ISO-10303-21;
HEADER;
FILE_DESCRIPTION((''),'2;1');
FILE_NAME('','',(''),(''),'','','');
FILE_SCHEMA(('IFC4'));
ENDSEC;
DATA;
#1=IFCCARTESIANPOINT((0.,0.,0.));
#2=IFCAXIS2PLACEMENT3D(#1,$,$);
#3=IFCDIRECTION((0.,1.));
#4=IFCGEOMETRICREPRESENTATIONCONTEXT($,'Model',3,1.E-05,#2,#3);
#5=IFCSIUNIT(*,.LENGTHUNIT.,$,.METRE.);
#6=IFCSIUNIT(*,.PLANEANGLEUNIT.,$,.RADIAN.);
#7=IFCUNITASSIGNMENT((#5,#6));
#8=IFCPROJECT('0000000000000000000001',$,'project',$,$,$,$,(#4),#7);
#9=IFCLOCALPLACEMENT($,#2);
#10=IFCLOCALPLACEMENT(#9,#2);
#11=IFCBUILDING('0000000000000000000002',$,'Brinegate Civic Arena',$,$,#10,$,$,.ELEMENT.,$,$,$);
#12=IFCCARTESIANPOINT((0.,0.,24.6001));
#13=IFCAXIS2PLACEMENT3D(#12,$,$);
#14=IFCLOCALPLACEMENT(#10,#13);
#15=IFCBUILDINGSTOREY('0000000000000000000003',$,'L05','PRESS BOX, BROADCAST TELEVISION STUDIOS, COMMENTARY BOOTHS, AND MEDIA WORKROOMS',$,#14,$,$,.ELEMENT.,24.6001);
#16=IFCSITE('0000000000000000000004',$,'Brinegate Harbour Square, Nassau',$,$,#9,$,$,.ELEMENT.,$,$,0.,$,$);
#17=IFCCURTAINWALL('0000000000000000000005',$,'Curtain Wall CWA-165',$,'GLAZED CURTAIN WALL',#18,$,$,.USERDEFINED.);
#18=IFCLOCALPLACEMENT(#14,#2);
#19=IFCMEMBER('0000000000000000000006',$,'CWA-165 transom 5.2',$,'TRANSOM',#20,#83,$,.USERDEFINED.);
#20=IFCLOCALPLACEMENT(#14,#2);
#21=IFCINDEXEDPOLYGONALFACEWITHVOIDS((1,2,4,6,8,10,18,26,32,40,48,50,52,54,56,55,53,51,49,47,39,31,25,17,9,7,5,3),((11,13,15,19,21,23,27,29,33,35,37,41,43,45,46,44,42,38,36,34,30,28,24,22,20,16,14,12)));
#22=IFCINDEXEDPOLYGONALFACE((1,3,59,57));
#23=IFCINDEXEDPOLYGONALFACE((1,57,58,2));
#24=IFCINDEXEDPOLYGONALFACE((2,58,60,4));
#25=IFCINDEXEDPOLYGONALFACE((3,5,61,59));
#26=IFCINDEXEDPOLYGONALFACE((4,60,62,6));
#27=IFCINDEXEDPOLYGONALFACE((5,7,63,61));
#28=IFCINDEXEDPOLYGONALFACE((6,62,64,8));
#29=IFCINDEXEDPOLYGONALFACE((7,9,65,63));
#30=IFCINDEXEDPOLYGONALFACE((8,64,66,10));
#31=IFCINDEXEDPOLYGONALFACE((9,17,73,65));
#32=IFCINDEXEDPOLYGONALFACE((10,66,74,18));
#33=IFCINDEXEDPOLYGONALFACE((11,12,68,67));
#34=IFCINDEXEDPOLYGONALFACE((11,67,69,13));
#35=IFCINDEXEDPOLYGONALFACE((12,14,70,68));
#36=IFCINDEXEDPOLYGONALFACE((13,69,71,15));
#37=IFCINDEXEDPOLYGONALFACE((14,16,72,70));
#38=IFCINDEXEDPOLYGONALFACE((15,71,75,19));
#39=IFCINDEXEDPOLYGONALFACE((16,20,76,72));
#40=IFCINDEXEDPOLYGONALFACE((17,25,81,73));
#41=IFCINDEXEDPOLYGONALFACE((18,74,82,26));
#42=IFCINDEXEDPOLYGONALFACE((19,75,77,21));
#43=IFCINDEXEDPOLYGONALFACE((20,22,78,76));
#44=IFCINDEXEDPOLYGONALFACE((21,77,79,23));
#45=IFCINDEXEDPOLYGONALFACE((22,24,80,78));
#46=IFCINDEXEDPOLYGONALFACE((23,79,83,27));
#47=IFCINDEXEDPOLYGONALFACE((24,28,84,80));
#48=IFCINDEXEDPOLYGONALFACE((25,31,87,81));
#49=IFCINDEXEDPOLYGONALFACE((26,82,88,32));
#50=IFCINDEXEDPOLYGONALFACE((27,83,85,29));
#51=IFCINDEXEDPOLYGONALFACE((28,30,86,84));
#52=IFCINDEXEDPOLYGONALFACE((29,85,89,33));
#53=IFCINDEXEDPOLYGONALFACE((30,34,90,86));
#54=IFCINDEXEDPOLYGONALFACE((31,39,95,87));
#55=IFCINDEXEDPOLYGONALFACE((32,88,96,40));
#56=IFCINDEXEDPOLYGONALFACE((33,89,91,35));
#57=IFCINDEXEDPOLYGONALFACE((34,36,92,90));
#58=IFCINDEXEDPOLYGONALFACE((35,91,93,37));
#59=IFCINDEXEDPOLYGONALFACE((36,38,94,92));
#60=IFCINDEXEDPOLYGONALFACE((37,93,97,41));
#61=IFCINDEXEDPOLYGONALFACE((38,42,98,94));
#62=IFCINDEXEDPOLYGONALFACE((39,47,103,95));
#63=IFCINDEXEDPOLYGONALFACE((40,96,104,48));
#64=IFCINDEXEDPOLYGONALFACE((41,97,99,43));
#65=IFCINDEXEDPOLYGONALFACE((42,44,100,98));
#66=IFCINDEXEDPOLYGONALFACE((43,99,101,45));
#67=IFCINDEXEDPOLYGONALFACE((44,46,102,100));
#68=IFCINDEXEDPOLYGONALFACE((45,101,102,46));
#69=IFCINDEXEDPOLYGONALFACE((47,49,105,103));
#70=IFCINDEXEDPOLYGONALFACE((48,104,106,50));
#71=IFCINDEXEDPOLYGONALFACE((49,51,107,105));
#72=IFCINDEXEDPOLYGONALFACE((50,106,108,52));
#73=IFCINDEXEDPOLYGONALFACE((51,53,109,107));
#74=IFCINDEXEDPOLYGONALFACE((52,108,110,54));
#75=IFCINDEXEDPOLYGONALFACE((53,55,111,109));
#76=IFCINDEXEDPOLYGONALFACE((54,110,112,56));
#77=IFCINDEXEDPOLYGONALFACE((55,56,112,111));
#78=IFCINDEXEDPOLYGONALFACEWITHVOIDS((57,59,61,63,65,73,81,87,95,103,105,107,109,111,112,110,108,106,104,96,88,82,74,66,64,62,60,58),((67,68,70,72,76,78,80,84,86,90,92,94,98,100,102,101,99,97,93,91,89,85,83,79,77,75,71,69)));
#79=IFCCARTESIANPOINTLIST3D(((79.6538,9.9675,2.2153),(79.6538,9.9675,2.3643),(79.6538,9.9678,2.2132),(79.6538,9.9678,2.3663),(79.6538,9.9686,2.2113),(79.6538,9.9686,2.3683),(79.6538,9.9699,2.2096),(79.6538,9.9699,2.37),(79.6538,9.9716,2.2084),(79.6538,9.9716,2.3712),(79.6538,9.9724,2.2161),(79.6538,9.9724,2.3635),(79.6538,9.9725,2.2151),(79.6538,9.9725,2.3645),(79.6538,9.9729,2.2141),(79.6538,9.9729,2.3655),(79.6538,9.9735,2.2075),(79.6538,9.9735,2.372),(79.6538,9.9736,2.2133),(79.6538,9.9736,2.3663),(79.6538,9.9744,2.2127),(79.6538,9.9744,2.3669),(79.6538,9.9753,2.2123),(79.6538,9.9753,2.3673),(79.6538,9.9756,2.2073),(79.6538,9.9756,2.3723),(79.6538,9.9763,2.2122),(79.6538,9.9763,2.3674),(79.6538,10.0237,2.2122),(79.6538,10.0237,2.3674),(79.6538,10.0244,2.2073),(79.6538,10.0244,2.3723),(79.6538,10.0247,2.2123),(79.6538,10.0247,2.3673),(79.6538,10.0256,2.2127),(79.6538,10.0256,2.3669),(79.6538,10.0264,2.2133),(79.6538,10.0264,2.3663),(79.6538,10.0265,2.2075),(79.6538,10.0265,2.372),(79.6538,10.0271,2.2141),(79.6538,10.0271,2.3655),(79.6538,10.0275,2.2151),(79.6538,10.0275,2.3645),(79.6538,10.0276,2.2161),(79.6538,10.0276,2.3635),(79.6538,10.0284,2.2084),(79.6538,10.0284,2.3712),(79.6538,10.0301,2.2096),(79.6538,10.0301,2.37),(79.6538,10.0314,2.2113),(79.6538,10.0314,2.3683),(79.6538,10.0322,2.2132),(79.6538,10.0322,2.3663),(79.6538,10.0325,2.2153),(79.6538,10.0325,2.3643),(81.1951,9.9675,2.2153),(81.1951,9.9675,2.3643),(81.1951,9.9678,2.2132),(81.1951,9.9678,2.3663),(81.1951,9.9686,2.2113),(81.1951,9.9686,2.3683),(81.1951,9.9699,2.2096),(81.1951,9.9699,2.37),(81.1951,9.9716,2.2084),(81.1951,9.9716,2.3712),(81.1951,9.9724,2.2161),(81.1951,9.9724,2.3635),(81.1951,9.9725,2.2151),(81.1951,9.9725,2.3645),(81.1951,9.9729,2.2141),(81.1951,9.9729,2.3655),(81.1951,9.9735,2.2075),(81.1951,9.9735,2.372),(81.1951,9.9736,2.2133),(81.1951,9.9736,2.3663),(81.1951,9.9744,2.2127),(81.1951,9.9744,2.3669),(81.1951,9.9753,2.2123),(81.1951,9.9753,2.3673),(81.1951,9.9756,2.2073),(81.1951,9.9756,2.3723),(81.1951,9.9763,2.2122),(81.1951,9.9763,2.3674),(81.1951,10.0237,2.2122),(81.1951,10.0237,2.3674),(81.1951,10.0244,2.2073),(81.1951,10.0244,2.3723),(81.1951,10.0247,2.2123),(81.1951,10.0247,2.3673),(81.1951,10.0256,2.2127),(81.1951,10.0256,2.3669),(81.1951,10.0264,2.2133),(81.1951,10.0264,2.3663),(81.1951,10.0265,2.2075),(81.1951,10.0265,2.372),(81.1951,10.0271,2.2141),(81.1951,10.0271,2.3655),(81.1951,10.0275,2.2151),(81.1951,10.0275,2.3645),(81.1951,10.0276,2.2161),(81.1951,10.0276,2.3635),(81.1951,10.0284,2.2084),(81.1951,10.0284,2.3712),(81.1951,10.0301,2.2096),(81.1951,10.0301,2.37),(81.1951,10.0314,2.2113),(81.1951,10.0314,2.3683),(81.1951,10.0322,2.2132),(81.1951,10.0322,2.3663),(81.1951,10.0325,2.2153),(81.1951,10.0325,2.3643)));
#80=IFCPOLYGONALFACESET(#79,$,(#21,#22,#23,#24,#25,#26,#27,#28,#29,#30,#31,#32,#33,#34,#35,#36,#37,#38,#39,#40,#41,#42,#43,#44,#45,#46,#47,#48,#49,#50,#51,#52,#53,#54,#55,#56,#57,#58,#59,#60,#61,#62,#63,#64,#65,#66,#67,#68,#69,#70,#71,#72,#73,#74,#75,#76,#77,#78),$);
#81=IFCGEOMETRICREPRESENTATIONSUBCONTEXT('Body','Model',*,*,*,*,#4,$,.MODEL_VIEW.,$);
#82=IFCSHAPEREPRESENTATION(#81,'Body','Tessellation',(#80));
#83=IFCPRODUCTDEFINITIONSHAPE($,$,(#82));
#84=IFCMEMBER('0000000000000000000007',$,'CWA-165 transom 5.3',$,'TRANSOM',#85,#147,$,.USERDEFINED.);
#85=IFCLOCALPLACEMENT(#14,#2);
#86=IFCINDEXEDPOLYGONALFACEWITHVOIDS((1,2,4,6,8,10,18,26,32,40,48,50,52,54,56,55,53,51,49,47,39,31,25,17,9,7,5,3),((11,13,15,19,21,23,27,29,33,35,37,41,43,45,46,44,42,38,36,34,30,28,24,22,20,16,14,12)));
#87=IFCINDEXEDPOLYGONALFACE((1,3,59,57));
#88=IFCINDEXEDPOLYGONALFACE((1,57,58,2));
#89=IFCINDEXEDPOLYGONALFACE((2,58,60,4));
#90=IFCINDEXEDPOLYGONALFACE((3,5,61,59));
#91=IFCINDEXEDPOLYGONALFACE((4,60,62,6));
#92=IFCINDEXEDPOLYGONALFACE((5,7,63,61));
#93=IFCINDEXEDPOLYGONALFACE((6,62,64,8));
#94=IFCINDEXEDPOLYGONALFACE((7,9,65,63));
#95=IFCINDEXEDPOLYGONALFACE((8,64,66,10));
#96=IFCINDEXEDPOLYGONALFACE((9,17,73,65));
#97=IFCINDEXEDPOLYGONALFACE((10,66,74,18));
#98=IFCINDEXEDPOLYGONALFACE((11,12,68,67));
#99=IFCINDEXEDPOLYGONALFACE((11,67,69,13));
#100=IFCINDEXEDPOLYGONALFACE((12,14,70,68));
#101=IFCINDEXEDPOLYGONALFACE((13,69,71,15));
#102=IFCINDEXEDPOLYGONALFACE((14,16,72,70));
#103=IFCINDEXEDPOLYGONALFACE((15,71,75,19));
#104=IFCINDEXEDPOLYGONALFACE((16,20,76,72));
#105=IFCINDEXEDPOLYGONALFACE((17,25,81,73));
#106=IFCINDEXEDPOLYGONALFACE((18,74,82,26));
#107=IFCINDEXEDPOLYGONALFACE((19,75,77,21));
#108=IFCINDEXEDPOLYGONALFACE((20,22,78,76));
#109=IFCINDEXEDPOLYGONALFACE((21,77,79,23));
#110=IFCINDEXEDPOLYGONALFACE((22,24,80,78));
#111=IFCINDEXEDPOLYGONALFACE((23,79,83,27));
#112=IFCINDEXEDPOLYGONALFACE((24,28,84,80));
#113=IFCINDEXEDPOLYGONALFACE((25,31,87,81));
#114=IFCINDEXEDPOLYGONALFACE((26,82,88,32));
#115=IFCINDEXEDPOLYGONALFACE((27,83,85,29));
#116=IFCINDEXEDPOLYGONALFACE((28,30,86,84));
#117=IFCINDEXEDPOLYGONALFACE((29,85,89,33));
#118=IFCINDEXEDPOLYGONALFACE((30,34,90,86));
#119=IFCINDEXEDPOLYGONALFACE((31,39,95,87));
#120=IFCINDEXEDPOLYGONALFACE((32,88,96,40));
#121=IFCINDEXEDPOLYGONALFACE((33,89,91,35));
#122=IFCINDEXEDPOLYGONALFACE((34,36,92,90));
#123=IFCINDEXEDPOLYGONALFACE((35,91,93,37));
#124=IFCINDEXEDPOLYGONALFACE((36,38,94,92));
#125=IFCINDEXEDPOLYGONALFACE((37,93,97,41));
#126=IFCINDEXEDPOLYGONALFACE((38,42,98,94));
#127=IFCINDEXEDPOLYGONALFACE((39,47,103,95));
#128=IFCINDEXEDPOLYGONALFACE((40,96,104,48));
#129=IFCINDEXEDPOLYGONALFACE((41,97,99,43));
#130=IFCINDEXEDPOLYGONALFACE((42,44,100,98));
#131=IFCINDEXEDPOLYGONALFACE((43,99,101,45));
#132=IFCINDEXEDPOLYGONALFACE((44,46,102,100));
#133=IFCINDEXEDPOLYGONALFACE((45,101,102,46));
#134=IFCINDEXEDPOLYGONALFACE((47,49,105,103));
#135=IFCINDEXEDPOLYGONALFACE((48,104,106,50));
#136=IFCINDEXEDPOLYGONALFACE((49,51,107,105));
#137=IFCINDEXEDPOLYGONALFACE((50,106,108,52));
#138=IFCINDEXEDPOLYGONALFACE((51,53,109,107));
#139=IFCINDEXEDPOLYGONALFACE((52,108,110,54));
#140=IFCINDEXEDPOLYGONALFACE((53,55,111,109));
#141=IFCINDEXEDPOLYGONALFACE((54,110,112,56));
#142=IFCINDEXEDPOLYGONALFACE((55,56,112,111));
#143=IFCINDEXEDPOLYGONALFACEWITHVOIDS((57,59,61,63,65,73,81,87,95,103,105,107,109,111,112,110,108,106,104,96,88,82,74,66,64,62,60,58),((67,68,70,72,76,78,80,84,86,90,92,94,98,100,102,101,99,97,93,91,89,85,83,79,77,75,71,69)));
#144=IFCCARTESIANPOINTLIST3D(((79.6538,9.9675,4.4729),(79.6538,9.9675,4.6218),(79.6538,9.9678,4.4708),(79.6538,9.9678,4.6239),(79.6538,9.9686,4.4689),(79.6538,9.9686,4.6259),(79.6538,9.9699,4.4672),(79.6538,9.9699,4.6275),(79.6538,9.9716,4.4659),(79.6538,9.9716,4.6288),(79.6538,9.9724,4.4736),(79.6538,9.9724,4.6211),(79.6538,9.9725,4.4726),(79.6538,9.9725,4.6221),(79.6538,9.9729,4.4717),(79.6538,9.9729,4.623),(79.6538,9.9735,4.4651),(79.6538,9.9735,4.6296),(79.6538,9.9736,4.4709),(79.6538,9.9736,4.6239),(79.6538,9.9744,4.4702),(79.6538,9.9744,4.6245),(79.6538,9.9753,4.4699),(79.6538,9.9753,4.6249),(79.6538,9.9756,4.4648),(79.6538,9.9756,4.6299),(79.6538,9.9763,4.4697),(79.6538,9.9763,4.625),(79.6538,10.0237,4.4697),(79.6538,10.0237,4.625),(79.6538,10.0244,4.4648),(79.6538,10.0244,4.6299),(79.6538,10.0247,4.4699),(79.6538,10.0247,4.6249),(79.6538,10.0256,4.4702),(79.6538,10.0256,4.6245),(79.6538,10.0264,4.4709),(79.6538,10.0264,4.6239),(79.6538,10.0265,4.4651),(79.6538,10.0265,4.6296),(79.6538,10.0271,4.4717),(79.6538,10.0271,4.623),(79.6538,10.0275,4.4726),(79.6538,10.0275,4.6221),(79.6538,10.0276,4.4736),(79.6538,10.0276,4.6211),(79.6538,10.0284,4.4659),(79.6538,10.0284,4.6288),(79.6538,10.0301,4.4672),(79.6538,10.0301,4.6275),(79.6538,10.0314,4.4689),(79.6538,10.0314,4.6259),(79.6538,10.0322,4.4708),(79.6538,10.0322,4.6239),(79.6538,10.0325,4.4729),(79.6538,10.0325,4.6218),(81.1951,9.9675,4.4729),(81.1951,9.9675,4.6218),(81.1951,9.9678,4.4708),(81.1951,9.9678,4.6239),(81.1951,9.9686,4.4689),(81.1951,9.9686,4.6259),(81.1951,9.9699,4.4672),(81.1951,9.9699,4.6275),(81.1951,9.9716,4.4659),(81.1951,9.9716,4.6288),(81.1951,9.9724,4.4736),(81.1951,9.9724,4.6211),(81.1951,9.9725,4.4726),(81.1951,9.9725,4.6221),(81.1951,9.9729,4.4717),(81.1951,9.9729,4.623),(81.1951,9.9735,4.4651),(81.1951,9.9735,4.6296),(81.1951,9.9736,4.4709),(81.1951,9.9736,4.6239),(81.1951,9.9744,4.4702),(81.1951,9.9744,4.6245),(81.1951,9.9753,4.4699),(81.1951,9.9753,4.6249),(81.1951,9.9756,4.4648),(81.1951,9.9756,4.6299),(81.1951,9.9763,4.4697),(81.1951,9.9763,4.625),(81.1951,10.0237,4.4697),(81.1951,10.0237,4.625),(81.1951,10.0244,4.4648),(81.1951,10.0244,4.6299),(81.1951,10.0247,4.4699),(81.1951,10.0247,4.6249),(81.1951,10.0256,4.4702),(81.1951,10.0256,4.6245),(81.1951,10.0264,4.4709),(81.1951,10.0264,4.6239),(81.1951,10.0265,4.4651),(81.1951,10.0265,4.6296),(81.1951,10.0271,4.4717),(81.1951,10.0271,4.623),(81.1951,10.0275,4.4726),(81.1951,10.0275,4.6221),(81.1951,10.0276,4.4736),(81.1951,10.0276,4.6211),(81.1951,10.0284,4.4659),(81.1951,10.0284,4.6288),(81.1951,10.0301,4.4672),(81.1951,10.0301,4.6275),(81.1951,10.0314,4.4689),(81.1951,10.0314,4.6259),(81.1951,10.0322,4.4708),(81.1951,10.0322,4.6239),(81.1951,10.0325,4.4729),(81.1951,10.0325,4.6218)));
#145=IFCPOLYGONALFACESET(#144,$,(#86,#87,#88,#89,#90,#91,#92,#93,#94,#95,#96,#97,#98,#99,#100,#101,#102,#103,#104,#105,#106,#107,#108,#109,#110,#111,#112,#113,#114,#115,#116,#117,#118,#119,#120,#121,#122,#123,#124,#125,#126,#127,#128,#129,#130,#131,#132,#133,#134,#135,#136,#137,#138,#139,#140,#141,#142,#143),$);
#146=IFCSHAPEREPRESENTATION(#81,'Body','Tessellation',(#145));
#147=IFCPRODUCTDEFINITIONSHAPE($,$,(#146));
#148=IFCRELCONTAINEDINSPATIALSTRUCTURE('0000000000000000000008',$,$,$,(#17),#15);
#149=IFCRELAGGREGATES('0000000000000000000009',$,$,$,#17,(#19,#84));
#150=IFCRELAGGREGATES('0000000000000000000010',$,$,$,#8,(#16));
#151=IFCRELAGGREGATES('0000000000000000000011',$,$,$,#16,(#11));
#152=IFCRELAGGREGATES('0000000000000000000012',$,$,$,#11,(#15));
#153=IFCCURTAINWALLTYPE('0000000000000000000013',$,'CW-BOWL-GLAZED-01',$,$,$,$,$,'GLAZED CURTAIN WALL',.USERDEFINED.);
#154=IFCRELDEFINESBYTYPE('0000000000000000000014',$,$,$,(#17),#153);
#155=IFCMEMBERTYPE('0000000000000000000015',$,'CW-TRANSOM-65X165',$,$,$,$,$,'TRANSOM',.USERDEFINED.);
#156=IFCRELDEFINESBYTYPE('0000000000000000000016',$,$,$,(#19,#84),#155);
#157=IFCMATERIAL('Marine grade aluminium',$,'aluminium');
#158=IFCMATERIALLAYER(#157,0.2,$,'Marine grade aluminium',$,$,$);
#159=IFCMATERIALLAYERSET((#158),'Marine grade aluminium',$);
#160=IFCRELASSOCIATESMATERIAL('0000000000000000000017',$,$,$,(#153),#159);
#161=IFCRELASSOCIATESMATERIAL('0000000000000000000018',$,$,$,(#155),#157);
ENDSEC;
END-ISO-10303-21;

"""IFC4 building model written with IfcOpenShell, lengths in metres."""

from ifc_helpers import new_model, si_unit, direction, frame, origin, origin_2d, place, context, subcontext, project, spatial, hollow_rectangle, extrude, material, layer, layer_set, material_profile, profile_set, type_object, element, aggregate, save


model = new_model("IFC4")

# Units and contexts
model_context = context("Model", 3, precision=1e-05, world=origin(), true_north=direction((0.0, 1.0)))
body_context = subcontext(model_context, "Body", "Model", "MODEL_VIEW")
ifc_project = project(units=[si_unit("LENGTHUNIT", "METRE"), si_unit("PLANEANGLEUNIT", "RADIAN")], contexts=[model_context])

# Site, building, storey
site_placement = place(None, origin())
site = spatial("IfcSite", under=ifc_project, at=site_placement, Name="Brinegate Harbour Square, Nassau", CompositionType="ELEMENT", RefElevation=0.0)
building_placement = place(site_placement, origin())
building = spatial("IfcBuilding", under=site, at=building_placement, Name="Brinegate Civic Arena", CompositionType="ELEMENT")
storey_placement = place(building_placement, frame((0.0, 0.0, 24.6001)))
storey = spatial("IfcBuildingStorey", under=building, at=storey_placement, Name="L05", Description="PRESS BOX, BROADCAST TELEVISION STUDIOS, COMMENTARY BOOTHS, AND MEDIA WORKROOMS", CompositionType="ELEMENT", Elevation=24.6001)

# Curtain wall, members
ifc_material_1 = material(Name="Marine grade aluminium", Category="aluminium")
ifc_layer_1 = layer(ifc_material_1, 0.2, Name="Marine grade aluminium")
ifc_layer_set_1 = layer_set([ifc_layer_1], Name="Marine grade aluminium")
curtain_wall_type = type_object("IfcCurtainWallType", Name="CW-BOWL-GLAZED-01", ElementType="GLAZED CURTAIN WALL", PredefinedType="USERDEFINED", material=ifc_layer_set_1)
curtain_wall_placement = place(storey_placement, origin())
curtain_wall = element("IfcCurtainWall", 1, at=curtain_wall_placement, inside=storey, type_object=curtain_wall_type, Name="Curtain Wall CWA-165", ObjectType="GLAZED CURTAIN WALL", PredefinedType="USERDEFINED")
ifc_material_profile_1 = material_profile(ifc_material_1, hollow_rectangle(XDim=0.0649, YDim=0.165, WallThickness=0.0049, InnerFilletRadius=0.0039, OuterFilletRadius=0.0081, at=origin_2d()), Name="TRN65X165")
ifc_profile_set_1 = profile_set([ifc_material_profile_1], Name="Marine grade aluminium")
member_type_1 = type_object("IfcMemberType", Name="CW-TRANSOM-65X165", ElementType="TRANSOM", PredefinedType="USERDEFINED", material=ifc_profile_set_1)
member_1_placement = place(storey_placement, frame((79.6538, 10.0, 2.2898), z_axis=(1.0, 0.0, 0.0), x_axis=(0.0, 1.0, 0.0)))
member_1 = element("IfcMember", 2, at=member_1_placement, type_object=member_type_1, Name="CWA-165 transom 5.2", ObjectType="TRANSOM", PredefinedType="USERDEFINED", context=body_context, shape_type="SweptSolid", body=[
    extrude(hollow_rectangle(XDim=0.0649, YDim=0.165, WallThickness=0.0049, InnerFilletRadius=0.0039, OuterFilletRadius=0.0081, at=origin_2d()), origin(), (0.0, 0.0, 1.0), 1.5413),
])
member_2_placement = place(storey_placement, frame((79.6538, 10.0, 4.5474), z_axis=(1.0, 0.0, 0.0), x_axis=(0.0, 1.0, 0.0)))
member_2 = element("IfcMember", 3, at=member_2_placement, type_object=member_type_1, Name="CWA-165 transom 5.3", ObjectType="TRANSOM", PredefinedType="USERDEFINED", context=body_context, shape_type="SweptSolid", body=[
    extrude(hollow_rectangle(XDim=0.0649, YDim=0.165, WallThickness=0.0049, InnerFilletRadius=0.0039, OuterFilletRadius=0.0081, at=origin_2d()), origin(), (0.0, 0.0, 1.0), 1.5413),
])
aggregate(curtain_wall, [member_1, member_2])

save(model, "model.ifc")
